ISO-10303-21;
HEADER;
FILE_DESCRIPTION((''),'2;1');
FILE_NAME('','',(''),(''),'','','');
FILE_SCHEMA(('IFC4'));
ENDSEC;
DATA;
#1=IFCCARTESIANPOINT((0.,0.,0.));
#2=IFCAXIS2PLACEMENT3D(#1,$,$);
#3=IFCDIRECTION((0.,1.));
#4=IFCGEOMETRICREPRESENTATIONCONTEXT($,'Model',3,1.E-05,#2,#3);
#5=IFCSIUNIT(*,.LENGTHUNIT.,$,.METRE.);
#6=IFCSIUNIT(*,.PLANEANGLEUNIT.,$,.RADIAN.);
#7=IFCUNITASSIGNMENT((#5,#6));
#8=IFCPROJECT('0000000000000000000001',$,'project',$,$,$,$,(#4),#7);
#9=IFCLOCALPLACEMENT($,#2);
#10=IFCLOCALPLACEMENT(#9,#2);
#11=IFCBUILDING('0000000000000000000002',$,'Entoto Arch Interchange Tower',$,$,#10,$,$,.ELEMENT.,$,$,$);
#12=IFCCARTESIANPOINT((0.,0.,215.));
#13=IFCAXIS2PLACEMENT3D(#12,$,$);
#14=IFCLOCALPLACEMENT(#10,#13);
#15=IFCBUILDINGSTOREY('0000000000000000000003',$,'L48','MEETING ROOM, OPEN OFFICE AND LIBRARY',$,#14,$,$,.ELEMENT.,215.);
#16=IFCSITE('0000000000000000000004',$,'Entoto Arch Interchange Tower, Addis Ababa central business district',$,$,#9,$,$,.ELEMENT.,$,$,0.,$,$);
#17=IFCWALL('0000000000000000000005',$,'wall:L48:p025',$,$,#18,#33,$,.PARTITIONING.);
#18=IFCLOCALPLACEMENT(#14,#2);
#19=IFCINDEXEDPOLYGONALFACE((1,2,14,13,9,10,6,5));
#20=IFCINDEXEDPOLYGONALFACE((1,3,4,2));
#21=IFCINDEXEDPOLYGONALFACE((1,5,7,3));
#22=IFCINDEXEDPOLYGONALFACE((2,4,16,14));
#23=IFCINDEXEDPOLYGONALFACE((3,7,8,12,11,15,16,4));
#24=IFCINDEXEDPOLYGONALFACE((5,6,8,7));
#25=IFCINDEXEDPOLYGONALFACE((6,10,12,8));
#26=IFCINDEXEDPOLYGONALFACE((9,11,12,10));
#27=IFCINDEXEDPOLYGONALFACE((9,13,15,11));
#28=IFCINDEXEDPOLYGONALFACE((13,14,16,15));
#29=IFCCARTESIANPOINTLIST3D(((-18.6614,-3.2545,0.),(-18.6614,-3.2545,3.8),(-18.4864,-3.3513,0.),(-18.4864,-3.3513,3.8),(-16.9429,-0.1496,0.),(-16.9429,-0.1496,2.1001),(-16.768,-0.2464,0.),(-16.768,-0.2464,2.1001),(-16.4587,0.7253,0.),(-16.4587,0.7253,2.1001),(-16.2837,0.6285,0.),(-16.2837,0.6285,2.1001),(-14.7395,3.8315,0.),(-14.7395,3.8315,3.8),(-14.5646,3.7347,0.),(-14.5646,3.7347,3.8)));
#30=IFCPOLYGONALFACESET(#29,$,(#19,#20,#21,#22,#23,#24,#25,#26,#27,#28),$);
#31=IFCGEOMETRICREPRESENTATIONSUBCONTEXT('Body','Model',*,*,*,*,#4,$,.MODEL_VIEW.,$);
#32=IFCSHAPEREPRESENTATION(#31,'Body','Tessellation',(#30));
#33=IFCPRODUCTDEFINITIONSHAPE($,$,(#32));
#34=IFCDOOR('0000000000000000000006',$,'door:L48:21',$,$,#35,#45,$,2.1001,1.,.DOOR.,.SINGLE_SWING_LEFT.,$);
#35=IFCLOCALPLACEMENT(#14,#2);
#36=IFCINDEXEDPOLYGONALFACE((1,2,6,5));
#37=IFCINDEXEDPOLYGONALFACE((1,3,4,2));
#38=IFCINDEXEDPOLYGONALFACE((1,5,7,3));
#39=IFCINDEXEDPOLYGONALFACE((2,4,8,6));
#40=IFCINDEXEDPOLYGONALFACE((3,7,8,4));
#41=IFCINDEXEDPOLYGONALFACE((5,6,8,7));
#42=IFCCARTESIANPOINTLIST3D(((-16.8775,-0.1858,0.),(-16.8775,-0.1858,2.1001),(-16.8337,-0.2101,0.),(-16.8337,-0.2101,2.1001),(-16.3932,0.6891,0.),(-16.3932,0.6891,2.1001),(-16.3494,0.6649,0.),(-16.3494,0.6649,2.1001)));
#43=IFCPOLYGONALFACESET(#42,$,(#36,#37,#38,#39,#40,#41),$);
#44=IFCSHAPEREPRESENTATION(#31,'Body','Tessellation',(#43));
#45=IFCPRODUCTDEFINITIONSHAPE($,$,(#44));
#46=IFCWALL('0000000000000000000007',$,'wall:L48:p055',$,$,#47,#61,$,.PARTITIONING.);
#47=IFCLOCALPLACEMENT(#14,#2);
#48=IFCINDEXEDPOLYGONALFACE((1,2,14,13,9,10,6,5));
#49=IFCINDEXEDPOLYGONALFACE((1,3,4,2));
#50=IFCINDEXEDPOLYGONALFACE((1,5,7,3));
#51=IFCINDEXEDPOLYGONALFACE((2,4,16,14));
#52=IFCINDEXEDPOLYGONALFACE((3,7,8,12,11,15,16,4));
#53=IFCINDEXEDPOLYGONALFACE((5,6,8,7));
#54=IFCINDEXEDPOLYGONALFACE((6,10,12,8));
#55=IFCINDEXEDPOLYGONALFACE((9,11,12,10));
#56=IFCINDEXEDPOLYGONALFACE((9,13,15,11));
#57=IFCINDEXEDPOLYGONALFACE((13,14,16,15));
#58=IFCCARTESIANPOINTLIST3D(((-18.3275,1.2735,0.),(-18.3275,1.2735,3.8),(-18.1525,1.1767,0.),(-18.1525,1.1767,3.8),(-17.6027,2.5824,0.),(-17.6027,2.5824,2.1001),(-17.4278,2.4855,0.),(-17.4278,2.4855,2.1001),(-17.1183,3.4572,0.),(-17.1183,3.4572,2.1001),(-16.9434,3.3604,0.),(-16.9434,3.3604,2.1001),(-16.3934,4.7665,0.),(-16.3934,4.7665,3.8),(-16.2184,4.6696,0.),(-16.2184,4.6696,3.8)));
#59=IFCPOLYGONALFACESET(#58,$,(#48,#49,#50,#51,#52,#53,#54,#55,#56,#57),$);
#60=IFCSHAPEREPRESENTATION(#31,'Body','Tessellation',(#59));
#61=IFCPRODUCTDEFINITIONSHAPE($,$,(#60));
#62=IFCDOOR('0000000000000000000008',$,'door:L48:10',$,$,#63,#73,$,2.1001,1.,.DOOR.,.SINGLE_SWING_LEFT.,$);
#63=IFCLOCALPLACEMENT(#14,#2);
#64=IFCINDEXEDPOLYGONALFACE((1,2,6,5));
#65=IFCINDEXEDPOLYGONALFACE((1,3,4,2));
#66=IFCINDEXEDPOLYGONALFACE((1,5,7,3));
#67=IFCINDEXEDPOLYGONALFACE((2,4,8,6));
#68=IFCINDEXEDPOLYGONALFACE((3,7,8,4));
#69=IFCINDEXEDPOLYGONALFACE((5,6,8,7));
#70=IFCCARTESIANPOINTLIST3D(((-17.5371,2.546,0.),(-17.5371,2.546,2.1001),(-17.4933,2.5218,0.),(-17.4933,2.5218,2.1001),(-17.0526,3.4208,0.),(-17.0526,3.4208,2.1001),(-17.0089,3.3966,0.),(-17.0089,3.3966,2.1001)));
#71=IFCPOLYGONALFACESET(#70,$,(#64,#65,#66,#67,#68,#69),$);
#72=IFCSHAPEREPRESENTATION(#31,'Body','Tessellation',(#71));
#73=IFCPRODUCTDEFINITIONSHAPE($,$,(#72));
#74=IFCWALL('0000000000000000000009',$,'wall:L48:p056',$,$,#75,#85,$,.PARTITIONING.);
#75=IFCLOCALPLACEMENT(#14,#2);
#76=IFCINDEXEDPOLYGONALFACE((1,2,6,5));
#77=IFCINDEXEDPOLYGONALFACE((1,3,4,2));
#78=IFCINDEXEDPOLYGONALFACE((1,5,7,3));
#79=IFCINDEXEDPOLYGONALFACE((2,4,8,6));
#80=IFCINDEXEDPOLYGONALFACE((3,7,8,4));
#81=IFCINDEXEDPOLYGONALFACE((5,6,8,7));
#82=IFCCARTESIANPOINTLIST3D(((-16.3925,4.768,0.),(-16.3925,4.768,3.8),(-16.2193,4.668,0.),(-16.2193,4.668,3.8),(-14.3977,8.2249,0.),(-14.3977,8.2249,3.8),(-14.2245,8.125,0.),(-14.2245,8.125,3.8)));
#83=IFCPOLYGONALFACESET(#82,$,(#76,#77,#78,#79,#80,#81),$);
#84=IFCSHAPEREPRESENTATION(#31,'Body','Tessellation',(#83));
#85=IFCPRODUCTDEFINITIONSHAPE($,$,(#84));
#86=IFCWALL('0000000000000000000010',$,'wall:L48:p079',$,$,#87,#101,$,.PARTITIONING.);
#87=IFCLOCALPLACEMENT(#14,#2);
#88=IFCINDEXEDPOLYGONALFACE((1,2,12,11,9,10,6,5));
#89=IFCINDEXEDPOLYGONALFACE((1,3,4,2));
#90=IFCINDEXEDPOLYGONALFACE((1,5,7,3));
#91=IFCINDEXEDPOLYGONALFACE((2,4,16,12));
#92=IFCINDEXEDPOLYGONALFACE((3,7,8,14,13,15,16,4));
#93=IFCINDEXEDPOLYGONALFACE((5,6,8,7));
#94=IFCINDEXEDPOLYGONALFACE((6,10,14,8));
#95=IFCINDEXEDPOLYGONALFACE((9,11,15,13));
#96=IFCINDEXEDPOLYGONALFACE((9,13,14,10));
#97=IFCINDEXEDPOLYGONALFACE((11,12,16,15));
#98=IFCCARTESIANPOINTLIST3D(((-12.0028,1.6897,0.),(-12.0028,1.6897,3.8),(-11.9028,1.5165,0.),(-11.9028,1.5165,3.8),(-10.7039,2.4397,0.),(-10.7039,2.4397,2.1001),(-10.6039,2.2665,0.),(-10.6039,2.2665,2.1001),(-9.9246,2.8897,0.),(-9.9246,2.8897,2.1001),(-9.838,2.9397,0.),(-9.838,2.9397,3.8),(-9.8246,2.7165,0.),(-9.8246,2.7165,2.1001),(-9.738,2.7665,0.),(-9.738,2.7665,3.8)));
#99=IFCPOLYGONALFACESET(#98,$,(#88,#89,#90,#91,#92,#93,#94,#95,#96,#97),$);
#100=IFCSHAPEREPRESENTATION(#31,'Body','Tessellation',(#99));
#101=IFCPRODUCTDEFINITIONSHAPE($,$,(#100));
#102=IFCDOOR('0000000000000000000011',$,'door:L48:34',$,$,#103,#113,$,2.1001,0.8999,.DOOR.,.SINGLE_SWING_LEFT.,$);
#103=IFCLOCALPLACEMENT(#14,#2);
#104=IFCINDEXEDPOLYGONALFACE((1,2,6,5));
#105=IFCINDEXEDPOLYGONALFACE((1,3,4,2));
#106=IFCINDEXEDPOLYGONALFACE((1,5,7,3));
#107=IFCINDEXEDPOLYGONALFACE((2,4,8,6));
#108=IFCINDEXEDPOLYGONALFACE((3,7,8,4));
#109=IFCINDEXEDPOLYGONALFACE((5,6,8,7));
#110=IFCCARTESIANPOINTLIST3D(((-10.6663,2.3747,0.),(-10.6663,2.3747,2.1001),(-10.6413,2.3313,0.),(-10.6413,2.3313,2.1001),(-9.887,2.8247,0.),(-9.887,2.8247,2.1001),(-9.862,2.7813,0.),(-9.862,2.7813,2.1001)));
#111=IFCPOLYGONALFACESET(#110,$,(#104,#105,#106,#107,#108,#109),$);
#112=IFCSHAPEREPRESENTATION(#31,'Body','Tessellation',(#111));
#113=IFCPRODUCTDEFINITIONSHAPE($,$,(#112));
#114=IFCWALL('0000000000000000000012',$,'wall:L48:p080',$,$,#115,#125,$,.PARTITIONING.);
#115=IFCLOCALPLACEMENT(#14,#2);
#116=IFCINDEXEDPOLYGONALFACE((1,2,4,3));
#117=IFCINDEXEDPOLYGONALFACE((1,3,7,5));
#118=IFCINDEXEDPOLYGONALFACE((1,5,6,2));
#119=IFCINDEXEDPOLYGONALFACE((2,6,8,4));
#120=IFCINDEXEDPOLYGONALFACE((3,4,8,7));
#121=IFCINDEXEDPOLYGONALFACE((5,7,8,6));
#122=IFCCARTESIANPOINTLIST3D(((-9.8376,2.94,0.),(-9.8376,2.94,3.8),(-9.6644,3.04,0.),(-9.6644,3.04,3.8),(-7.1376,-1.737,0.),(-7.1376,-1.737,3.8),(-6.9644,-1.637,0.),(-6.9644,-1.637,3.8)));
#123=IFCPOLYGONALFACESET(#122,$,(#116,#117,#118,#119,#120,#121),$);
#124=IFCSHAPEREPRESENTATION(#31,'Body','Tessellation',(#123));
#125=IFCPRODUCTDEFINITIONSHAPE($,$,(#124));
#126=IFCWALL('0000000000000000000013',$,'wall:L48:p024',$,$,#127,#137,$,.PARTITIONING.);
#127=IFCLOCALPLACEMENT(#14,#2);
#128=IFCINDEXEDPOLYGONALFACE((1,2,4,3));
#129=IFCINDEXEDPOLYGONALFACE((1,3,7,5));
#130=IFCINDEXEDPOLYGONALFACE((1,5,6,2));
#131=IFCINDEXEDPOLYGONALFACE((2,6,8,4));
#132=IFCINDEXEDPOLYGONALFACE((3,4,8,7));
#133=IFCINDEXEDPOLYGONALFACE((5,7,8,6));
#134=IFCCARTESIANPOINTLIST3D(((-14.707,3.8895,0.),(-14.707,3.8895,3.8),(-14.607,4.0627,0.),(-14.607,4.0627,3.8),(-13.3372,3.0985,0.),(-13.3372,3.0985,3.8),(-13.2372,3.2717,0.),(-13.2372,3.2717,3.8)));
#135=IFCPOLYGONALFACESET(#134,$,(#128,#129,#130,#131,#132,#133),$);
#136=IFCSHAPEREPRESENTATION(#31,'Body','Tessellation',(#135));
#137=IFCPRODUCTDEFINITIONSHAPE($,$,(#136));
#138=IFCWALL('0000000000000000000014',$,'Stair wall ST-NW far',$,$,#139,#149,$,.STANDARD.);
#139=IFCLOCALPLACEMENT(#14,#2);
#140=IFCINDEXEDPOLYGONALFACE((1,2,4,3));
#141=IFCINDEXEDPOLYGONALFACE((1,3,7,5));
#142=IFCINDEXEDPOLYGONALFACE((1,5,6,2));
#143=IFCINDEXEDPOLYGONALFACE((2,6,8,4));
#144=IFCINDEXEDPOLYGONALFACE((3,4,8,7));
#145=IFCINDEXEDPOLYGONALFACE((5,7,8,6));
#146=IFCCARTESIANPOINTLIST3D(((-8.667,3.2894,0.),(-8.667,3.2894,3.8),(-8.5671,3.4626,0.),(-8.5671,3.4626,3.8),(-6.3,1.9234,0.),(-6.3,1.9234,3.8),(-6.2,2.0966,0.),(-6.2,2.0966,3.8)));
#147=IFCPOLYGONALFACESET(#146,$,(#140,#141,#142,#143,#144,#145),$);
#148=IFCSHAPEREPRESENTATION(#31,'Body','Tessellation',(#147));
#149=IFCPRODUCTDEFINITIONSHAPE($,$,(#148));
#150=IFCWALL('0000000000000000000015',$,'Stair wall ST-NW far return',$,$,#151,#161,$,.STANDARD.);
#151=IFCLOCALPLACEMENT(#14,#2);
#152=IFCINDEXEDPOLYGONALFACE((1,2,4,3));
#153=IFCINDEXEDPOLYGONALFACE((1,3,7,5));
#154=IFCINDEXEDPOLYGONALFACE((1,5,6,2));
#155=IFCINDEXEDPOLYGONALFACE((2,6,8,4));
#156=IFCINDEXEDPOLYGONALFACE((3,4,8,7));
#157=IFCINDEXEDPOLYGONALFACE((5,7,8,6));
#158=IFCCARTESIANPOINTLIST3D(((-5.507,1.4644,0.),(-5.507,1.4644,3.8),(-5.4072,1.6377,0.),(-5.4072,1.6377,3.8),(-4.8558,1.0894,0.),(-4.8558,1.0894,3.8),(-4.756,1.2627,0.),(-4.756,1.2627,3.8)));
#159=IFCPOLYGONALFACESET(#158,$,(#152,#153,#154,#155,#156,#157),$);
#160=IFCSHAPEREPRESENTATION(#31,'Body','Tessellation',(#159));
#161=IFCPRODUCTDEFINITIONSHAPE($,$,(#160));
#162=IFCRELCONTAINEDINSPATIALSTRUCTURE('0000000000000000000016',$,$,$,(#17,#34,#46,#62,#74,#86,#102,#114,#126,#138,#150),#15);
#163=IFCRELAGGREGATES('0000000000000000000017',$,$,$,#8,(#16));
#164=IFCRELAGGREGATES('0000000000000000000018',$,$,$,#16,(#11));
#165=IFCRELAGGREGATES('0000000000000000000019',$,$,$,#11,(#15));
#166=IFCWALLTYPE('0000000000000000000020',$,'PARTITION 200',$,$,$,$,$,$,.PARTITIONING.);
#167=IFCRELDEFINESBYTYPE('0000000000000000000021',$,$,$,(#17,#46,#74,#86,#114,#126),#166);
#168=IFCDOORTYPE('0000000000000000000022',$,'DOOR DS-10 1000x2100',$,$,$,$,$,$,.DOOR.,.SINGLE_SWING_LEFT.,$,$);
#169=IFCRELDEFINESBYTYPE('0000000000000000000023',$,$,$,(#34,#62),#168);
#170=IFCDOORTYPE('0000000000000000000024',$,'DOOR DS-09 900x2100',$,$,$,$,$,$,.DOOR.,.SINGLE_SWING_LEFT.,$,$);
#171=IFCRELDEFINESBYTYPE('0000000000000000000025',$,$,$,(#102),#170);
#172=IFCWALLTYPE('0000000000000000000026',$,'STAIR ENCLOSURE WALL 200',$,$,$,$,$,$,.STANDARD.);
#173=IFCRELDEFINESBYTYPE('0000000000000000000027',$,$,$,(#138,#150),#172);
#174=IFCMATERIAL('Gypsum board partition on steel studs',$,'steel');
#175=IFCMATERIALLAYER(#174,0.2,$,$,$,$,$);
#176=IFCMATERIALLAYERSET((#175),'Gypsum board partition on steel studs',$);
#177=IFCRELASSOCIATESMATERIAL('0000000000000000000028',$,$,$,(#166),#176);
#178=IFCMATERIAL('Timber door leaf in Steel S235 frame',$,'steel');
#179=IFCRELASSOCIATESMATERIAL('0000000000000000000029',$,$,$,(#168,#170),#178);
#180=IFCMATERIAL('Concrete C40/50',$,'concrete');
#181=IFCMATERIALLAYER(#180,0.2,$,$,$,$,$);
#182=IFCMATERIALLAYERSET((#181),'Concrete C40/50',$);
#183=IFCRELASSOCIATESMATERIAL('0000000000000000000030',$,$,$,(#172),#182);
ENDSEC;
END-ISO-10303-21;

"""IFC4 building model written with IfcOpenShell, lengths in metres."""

from ifc_helpers import new_model, si_unit, direction, frame, frame_2d, origin, place, context, subcontext, project, spatial, rectangle, extrude, material, layer, layer_set, type_object, element, fill, save


model = new_model("IFC4")

# Units and contexts
model_context = context("Model", 3, precision=1e-05, world=origin(), true_north=direction((0.0, 1.0)))
body_context = subcontext(model_context, "Body", "Model", "MODEL_VIEW")
ifc_project = project(units=[si_unit("LENGTHUNIT", "METRE"), si_unit("PLANEANGLEUNIT", "RADIAN")], contexts=[model_context])

# Site, building, storey
site_placement = place(None, origin())
site = spatial("IfcSite", under=ifc_project, at=site_placement, Name="Entoto Arch Interchange Tower, Addis Ababa central business district", CompositionType="ELEMENT", RefElevation=0.0)
building_placement = place(site_placement, origin())
building = spatial("IfcBuilding", under=site, at=building_placement, Name="Entoto Arch Interchange Tower", CompositionType="ELEMENT")
storey_placement = place(building_placement, frame((0.0, 0.0, 215.0)))
storey = spatial("IfcBuildingStorey", under=building, at=storey_placement, Name="L48", Description="MEETING ROOM, OPEN OFFICE AND LIBRARY", CompositionType="ELEMENT", Elevation=215.0)

# Shared definitions
ifc_material_1 = material(Name="Concrete C40/50", Category="concrete")

# Shared definitions
ifc_material_2 = material(Name="Gypsum board partition on steel studs", Category="steel")
ifc_layer_1 = layer(ifc_material_2, 0.2)
ifc_layer_set_1 = layer_set([ifc_layer_1], Name="Gypsum board partition on steel studs")
wall_type_1 = type_object("IfcWallType", Name="PARTITION 200", PredefinedType="PARTITIONING", material=ifc_layer_set_1)

# Walls, openings, doors
wall_1_placement = place(storey_placement, frame((-14.6521, 3.783, 0.0), z_axis=(0.0, 0.0, 1.0), x_axis=(-0.48425, -0.87493, 0.0)))
wall_1 = element("IfcWall", 1, at=wall_1_placement, inside=storey, type_object=wall_type_1, Name="wall:L48:p025", PredefinedType="PARTITIONING", context=body_context, shape_type="SweptSolid", body=[
    extrude(rectangle(XDim=8.0989, YDim=0.2, at=frame_2d((4.0493, 0.0))), origin(), (0.0, 0.0, 1.0), 3.8),
])
opening_1_placement = place(wall_1_placement, frame((3.55, 0.0, 0.0)))
opening_1 = element("IfcOpeningElement", 2, at=opening_1_placement, cuts=wall_1, PredefinedType="OPENING", context=body_context, shape_type="SweptSolid", body=[
    extrude(rectangle(XDim=1.0, YDim=2.1001, at=frame_2d((0.5, 1.05))), frame((0.0, 0.1099, 0.0), z_axis=(0.0, -1.0, 0.0), x_axis=(1.0, 0.0, 0.0)), (0.0, 0.0, 1.0), 0.22),
])
ifc_material_3 = material(Name="Timber door leaf in Steel S235 frame", Category="steel")
door_type_1 = type_object("IfcDoorType", Name="DOOR DS-10 1000x2100", OperationType="SINGLE_SWING_LEFT", PredefinedType="DOOR", material=ifc_material_3)
door_1_placement = place(opening_1_placement, origin())
door_1 = element("IfcDoor", 3, at=door_1_placement, inside=storey, type_object=door_type_1, Name="door:L48:21", OperationType="SINGLE_SWING_LEFT", OverallHeight=2.1001, OverallWidth=1.0, PredefinedType="DOOR", context=body_context, shape_type="SweptSolid", body=[
    extrude(rectangle(XDim=1.0, YDim=2.1001, at=frame_2d((0.5, 1.05))), frame((0.0, 0.0249, 0.0), z_axis=(0.0, -1.0, 0.0), x_axis=(1.0, 0.0, 0.0)), (0.0, 0.0, 1.0), 0.05),
])
fill(opening_1, door_1)
wall_2_placement = place(storey_placement, frame((-18.24, 1.2251, 0.0), z_axis=(0.0, 0.0, 1.0), x_axis=(0.484412, 0.87484, 0.0)))
wall_2 = element("IfcWall", 4, at=wall_2_placement, inside=storey, type_object=wall_type_1, Name="wall:L48:p055", PredefinedType="PARTITIONING", context=body_context, shape_type="SweptSolid", body=[
    extrude(rectangle(XDim=3.9927, YDim=0.2, at=frame_2d((1.9963, 0.0))), origin(), (0.0, 0.0, 1.0), 3.8),
])
opening_2_placement = place(wall_2_placement, frame((1.4961, 0.0, 0.0)))
opening_2 = element("IfcOpeningElement", 5, at=opening_2_placement, cuts=wall_2, PredefinedType="OPENING", context=body_context, shape_type="SweptSolid", body=[
    extrude(rectangle(XDim=1.0, YDim=2.1001, at=frame_2d((0.5, 1.05))), frame((0.0, 0.1099, 0.0), z_axis=(0.0, -1.0, 0.0), x_axis=(1.0, 0.0, 0.0)), (0.0, 0.0, 1.0), 0.22),
])
door_2_placement = place(opening_2_placement, origin())
door_2 = element("IfcDoor", 6, at=door_2_placement, inside=storey, type_object=door_type_1, Name="door:L48:10", OperationType="SINGLE_SWING_LEFT", OverallHeight=2.1001, OverallWidth=1.0, PredefinedType="DOOR", context=body_context, shape_type="SweptSolid", body=[
    extrude(rectangle(XDim=1.0, YDim=2.1001, at=frame_2d((0.5, 1.05))), frame((0.0, 0.0249, 0.0), z_axis=(0.0, -1.0, 0.0), x_axis=(1.0, 0.0, 0.0)), (0.0, 0.0, 1.0), 0.05),
])
fill(opening_2, door_2)

# Wall
wall_3_placement = place(storey_placement, frame((-16.3059, 4.718, 0.0), z_axis=(0.0, 0.0, 1.0), x_axis=(0.499804, 0.866139, 0.0)))
element("IfcWall", 7, at=wall_3_placement, inside=storey, type_object=wall_type_1, Name="wall:L48:p056", PredefinedType="PARTITIONING", context=body_context, shape_type="SweptSolid", body=[
    extrude(rectangle(XDim=3.9912, YDim=0.2, at=frame_2d((1.9956, 0.0))), origin(), (0.0, 0.0, 1.0), 3.8),
])

# Wall, opening, door
wall_4_placement = place(storey_placement, frame((-11.9529, 1.603, 0.0), z_axis=(0.0, 0.0, 1.0), x_axis=(0.865999, 0.500047, 0.0)))
wall_4 = element("IfcWall", 8, at=wall_4_placement, inside=storey, type_object=wall_type_1, Name="wall:L48:p079", PredefinedType="PARTITIONING", context=body_context, shape_type="SweptSolid", body=[
    extrude(rectangle(XDim=2.4998, YDim=0.2, at=frame_2d((1.25, 0.0))), origin(), (0.0, 0.0, 1.0), 3.8),
])
opening_3_placement = place(wall_4_placement, frame((1.5, 0.0, 0.0)))
opening_3 = element("IfcOpeningElement", 9, at=opening_3_placement, cuts=wall_4, PredefinedType="OPENING", context=body_context, shape_type="SweptSolid", body=[
    extrude(rectangle(XDim=0.8999, YDim=2.1001, at=frame_2d((0.45, 1.05))), frame((0.0, 0.1099, 0.0), z_axis=(0.0, -1.0, 0.0), x_axis=(1.0, 0.0, 0.0)), (0.0, 0.0, 1.0), 0.22),
])
door_type_2 = type_object("IfcDoorType", Name="DOOR DS-09 900x2100", OperationType="SINGLE_SWING_LEFT", PredefinedType="DOOR", material=ifc_material_3)
door_3_placement = place(opening_3_placement, origin())
door_3 = element("IfcDoor", 10, at=door_3_placement, inside=storey, type_object=door_type_2, Name="door:L48:34", OperationType="SINGLE_SWING_LEFT", OverallHeight=2.1001, OverallWidth=0.8999, PredefinedType="DOOR", context=body_context, shape_type="SweptSolid", body=[
    extrude(rectangle(XDim=0.8999, YDim=2.1001, at=frame_2d((0.45, 1.05))), frame((0.0, 0.0249, 0.0), z_axis=(0.0, -1.0, 0.0), x_axis=(1.0, 0.0, 0.0)), (0.0, 0.0, 1.0), 0.05),
])
fill(opening_3, door_3)

# Walls
wall_5_placement = place(storey_placement, frame((-9.751, 2.99, 0.0), z_axis=(0.0, 0.0, 1.0), x_axis=(0.499956, -0.866051, 0.0)))
element("IfcWall", 11, at=wall_5_placement, inside=storey, type_object=wall_type_1, Name="wall:L48:p080", PredefinedType="PARTITIONING", context=body_context, shape_type="SweptSolid", body=[
    extrude(rectangle(XDim=5.4004, YDim=0.2, at=frame_2d((2.7002, 0.0))), origin(), (0.0, 0.0, 1.0), 3.8),
])
wall_6_placement = place(storey_placement, frame((-13.2871, 3.1851, 0.0), z_axis=(0.0, 0.0, 1.0), x_axis=(-0.865993, 0.500056, 0.0)))
element("IfcWall", 12, at=wall_6_placement, inside=storey, type_object=wall_type_1, Name="wall:L48:p024", PredefinedType="PARTITIONING", context=body_context, shape_type="SweptSolid", body=[
    extrude(rectangle(XDim=1.5818, YDim=0.2, at=frame_2d((0.791, 0.0))), origin(), (0.0, 0.0, 1.0), 3.8),
])
ifc_layer_2 = layer(ifc_material_1, 0.2)
ifc_layer_set_2 = layer_set([ifc_layer_2], Name="Concrete C40/50")
wall_type_2 = type_object("IfcWallType", Name="STAIR ENCLOSURE WALL 200", PredefinedType="STANDARD", material=ifc_layer_set_2)
wall_7_placement = place(storey_placement, frame((-6.25, 2.01, 0.0), z_axis=(0.0, 0.0, 1.0), x_axis=(-0.866119, 0.499838, 0.0)))
element("IfcWall", 13, at=wall_7_placement, inside=storey, type_object=wall_type_2, Name="Stair wall ST-NW far", PredefinedType="STANDARD", context=body_context, shape_type="SweptSolid", body=[
    extrude(rectangle(XDim=2.7329, YDim=0.2, at=frame_2d((1.3665, 0.0))), origin(), (0.0, 0.0, 1.0), 3.8),
])
wall_8_placement = place(storey_placement, frame((-4.8059, 1.176, 0.0), z_axis=(0.0, 0.0, 1.0), x_axis=(-0.866559, 0.499075, 0.0)))
element("IfcWall", 14, at=wall_8_placement, inside=storey, type_object=wall_type_2, Name="Stair wall ST-NW far return", PredefinedType="STANDARD", context=body_context, shape_type="SweptSolid", body=[
    extrude(rectangle(XDim=0.7515, YDim=0.2, at=frame_2d((0.3757, 0.0))), origin(), (0.0, 0.0, 1.0), 3.8),
])

save(model, "model.ifc")
